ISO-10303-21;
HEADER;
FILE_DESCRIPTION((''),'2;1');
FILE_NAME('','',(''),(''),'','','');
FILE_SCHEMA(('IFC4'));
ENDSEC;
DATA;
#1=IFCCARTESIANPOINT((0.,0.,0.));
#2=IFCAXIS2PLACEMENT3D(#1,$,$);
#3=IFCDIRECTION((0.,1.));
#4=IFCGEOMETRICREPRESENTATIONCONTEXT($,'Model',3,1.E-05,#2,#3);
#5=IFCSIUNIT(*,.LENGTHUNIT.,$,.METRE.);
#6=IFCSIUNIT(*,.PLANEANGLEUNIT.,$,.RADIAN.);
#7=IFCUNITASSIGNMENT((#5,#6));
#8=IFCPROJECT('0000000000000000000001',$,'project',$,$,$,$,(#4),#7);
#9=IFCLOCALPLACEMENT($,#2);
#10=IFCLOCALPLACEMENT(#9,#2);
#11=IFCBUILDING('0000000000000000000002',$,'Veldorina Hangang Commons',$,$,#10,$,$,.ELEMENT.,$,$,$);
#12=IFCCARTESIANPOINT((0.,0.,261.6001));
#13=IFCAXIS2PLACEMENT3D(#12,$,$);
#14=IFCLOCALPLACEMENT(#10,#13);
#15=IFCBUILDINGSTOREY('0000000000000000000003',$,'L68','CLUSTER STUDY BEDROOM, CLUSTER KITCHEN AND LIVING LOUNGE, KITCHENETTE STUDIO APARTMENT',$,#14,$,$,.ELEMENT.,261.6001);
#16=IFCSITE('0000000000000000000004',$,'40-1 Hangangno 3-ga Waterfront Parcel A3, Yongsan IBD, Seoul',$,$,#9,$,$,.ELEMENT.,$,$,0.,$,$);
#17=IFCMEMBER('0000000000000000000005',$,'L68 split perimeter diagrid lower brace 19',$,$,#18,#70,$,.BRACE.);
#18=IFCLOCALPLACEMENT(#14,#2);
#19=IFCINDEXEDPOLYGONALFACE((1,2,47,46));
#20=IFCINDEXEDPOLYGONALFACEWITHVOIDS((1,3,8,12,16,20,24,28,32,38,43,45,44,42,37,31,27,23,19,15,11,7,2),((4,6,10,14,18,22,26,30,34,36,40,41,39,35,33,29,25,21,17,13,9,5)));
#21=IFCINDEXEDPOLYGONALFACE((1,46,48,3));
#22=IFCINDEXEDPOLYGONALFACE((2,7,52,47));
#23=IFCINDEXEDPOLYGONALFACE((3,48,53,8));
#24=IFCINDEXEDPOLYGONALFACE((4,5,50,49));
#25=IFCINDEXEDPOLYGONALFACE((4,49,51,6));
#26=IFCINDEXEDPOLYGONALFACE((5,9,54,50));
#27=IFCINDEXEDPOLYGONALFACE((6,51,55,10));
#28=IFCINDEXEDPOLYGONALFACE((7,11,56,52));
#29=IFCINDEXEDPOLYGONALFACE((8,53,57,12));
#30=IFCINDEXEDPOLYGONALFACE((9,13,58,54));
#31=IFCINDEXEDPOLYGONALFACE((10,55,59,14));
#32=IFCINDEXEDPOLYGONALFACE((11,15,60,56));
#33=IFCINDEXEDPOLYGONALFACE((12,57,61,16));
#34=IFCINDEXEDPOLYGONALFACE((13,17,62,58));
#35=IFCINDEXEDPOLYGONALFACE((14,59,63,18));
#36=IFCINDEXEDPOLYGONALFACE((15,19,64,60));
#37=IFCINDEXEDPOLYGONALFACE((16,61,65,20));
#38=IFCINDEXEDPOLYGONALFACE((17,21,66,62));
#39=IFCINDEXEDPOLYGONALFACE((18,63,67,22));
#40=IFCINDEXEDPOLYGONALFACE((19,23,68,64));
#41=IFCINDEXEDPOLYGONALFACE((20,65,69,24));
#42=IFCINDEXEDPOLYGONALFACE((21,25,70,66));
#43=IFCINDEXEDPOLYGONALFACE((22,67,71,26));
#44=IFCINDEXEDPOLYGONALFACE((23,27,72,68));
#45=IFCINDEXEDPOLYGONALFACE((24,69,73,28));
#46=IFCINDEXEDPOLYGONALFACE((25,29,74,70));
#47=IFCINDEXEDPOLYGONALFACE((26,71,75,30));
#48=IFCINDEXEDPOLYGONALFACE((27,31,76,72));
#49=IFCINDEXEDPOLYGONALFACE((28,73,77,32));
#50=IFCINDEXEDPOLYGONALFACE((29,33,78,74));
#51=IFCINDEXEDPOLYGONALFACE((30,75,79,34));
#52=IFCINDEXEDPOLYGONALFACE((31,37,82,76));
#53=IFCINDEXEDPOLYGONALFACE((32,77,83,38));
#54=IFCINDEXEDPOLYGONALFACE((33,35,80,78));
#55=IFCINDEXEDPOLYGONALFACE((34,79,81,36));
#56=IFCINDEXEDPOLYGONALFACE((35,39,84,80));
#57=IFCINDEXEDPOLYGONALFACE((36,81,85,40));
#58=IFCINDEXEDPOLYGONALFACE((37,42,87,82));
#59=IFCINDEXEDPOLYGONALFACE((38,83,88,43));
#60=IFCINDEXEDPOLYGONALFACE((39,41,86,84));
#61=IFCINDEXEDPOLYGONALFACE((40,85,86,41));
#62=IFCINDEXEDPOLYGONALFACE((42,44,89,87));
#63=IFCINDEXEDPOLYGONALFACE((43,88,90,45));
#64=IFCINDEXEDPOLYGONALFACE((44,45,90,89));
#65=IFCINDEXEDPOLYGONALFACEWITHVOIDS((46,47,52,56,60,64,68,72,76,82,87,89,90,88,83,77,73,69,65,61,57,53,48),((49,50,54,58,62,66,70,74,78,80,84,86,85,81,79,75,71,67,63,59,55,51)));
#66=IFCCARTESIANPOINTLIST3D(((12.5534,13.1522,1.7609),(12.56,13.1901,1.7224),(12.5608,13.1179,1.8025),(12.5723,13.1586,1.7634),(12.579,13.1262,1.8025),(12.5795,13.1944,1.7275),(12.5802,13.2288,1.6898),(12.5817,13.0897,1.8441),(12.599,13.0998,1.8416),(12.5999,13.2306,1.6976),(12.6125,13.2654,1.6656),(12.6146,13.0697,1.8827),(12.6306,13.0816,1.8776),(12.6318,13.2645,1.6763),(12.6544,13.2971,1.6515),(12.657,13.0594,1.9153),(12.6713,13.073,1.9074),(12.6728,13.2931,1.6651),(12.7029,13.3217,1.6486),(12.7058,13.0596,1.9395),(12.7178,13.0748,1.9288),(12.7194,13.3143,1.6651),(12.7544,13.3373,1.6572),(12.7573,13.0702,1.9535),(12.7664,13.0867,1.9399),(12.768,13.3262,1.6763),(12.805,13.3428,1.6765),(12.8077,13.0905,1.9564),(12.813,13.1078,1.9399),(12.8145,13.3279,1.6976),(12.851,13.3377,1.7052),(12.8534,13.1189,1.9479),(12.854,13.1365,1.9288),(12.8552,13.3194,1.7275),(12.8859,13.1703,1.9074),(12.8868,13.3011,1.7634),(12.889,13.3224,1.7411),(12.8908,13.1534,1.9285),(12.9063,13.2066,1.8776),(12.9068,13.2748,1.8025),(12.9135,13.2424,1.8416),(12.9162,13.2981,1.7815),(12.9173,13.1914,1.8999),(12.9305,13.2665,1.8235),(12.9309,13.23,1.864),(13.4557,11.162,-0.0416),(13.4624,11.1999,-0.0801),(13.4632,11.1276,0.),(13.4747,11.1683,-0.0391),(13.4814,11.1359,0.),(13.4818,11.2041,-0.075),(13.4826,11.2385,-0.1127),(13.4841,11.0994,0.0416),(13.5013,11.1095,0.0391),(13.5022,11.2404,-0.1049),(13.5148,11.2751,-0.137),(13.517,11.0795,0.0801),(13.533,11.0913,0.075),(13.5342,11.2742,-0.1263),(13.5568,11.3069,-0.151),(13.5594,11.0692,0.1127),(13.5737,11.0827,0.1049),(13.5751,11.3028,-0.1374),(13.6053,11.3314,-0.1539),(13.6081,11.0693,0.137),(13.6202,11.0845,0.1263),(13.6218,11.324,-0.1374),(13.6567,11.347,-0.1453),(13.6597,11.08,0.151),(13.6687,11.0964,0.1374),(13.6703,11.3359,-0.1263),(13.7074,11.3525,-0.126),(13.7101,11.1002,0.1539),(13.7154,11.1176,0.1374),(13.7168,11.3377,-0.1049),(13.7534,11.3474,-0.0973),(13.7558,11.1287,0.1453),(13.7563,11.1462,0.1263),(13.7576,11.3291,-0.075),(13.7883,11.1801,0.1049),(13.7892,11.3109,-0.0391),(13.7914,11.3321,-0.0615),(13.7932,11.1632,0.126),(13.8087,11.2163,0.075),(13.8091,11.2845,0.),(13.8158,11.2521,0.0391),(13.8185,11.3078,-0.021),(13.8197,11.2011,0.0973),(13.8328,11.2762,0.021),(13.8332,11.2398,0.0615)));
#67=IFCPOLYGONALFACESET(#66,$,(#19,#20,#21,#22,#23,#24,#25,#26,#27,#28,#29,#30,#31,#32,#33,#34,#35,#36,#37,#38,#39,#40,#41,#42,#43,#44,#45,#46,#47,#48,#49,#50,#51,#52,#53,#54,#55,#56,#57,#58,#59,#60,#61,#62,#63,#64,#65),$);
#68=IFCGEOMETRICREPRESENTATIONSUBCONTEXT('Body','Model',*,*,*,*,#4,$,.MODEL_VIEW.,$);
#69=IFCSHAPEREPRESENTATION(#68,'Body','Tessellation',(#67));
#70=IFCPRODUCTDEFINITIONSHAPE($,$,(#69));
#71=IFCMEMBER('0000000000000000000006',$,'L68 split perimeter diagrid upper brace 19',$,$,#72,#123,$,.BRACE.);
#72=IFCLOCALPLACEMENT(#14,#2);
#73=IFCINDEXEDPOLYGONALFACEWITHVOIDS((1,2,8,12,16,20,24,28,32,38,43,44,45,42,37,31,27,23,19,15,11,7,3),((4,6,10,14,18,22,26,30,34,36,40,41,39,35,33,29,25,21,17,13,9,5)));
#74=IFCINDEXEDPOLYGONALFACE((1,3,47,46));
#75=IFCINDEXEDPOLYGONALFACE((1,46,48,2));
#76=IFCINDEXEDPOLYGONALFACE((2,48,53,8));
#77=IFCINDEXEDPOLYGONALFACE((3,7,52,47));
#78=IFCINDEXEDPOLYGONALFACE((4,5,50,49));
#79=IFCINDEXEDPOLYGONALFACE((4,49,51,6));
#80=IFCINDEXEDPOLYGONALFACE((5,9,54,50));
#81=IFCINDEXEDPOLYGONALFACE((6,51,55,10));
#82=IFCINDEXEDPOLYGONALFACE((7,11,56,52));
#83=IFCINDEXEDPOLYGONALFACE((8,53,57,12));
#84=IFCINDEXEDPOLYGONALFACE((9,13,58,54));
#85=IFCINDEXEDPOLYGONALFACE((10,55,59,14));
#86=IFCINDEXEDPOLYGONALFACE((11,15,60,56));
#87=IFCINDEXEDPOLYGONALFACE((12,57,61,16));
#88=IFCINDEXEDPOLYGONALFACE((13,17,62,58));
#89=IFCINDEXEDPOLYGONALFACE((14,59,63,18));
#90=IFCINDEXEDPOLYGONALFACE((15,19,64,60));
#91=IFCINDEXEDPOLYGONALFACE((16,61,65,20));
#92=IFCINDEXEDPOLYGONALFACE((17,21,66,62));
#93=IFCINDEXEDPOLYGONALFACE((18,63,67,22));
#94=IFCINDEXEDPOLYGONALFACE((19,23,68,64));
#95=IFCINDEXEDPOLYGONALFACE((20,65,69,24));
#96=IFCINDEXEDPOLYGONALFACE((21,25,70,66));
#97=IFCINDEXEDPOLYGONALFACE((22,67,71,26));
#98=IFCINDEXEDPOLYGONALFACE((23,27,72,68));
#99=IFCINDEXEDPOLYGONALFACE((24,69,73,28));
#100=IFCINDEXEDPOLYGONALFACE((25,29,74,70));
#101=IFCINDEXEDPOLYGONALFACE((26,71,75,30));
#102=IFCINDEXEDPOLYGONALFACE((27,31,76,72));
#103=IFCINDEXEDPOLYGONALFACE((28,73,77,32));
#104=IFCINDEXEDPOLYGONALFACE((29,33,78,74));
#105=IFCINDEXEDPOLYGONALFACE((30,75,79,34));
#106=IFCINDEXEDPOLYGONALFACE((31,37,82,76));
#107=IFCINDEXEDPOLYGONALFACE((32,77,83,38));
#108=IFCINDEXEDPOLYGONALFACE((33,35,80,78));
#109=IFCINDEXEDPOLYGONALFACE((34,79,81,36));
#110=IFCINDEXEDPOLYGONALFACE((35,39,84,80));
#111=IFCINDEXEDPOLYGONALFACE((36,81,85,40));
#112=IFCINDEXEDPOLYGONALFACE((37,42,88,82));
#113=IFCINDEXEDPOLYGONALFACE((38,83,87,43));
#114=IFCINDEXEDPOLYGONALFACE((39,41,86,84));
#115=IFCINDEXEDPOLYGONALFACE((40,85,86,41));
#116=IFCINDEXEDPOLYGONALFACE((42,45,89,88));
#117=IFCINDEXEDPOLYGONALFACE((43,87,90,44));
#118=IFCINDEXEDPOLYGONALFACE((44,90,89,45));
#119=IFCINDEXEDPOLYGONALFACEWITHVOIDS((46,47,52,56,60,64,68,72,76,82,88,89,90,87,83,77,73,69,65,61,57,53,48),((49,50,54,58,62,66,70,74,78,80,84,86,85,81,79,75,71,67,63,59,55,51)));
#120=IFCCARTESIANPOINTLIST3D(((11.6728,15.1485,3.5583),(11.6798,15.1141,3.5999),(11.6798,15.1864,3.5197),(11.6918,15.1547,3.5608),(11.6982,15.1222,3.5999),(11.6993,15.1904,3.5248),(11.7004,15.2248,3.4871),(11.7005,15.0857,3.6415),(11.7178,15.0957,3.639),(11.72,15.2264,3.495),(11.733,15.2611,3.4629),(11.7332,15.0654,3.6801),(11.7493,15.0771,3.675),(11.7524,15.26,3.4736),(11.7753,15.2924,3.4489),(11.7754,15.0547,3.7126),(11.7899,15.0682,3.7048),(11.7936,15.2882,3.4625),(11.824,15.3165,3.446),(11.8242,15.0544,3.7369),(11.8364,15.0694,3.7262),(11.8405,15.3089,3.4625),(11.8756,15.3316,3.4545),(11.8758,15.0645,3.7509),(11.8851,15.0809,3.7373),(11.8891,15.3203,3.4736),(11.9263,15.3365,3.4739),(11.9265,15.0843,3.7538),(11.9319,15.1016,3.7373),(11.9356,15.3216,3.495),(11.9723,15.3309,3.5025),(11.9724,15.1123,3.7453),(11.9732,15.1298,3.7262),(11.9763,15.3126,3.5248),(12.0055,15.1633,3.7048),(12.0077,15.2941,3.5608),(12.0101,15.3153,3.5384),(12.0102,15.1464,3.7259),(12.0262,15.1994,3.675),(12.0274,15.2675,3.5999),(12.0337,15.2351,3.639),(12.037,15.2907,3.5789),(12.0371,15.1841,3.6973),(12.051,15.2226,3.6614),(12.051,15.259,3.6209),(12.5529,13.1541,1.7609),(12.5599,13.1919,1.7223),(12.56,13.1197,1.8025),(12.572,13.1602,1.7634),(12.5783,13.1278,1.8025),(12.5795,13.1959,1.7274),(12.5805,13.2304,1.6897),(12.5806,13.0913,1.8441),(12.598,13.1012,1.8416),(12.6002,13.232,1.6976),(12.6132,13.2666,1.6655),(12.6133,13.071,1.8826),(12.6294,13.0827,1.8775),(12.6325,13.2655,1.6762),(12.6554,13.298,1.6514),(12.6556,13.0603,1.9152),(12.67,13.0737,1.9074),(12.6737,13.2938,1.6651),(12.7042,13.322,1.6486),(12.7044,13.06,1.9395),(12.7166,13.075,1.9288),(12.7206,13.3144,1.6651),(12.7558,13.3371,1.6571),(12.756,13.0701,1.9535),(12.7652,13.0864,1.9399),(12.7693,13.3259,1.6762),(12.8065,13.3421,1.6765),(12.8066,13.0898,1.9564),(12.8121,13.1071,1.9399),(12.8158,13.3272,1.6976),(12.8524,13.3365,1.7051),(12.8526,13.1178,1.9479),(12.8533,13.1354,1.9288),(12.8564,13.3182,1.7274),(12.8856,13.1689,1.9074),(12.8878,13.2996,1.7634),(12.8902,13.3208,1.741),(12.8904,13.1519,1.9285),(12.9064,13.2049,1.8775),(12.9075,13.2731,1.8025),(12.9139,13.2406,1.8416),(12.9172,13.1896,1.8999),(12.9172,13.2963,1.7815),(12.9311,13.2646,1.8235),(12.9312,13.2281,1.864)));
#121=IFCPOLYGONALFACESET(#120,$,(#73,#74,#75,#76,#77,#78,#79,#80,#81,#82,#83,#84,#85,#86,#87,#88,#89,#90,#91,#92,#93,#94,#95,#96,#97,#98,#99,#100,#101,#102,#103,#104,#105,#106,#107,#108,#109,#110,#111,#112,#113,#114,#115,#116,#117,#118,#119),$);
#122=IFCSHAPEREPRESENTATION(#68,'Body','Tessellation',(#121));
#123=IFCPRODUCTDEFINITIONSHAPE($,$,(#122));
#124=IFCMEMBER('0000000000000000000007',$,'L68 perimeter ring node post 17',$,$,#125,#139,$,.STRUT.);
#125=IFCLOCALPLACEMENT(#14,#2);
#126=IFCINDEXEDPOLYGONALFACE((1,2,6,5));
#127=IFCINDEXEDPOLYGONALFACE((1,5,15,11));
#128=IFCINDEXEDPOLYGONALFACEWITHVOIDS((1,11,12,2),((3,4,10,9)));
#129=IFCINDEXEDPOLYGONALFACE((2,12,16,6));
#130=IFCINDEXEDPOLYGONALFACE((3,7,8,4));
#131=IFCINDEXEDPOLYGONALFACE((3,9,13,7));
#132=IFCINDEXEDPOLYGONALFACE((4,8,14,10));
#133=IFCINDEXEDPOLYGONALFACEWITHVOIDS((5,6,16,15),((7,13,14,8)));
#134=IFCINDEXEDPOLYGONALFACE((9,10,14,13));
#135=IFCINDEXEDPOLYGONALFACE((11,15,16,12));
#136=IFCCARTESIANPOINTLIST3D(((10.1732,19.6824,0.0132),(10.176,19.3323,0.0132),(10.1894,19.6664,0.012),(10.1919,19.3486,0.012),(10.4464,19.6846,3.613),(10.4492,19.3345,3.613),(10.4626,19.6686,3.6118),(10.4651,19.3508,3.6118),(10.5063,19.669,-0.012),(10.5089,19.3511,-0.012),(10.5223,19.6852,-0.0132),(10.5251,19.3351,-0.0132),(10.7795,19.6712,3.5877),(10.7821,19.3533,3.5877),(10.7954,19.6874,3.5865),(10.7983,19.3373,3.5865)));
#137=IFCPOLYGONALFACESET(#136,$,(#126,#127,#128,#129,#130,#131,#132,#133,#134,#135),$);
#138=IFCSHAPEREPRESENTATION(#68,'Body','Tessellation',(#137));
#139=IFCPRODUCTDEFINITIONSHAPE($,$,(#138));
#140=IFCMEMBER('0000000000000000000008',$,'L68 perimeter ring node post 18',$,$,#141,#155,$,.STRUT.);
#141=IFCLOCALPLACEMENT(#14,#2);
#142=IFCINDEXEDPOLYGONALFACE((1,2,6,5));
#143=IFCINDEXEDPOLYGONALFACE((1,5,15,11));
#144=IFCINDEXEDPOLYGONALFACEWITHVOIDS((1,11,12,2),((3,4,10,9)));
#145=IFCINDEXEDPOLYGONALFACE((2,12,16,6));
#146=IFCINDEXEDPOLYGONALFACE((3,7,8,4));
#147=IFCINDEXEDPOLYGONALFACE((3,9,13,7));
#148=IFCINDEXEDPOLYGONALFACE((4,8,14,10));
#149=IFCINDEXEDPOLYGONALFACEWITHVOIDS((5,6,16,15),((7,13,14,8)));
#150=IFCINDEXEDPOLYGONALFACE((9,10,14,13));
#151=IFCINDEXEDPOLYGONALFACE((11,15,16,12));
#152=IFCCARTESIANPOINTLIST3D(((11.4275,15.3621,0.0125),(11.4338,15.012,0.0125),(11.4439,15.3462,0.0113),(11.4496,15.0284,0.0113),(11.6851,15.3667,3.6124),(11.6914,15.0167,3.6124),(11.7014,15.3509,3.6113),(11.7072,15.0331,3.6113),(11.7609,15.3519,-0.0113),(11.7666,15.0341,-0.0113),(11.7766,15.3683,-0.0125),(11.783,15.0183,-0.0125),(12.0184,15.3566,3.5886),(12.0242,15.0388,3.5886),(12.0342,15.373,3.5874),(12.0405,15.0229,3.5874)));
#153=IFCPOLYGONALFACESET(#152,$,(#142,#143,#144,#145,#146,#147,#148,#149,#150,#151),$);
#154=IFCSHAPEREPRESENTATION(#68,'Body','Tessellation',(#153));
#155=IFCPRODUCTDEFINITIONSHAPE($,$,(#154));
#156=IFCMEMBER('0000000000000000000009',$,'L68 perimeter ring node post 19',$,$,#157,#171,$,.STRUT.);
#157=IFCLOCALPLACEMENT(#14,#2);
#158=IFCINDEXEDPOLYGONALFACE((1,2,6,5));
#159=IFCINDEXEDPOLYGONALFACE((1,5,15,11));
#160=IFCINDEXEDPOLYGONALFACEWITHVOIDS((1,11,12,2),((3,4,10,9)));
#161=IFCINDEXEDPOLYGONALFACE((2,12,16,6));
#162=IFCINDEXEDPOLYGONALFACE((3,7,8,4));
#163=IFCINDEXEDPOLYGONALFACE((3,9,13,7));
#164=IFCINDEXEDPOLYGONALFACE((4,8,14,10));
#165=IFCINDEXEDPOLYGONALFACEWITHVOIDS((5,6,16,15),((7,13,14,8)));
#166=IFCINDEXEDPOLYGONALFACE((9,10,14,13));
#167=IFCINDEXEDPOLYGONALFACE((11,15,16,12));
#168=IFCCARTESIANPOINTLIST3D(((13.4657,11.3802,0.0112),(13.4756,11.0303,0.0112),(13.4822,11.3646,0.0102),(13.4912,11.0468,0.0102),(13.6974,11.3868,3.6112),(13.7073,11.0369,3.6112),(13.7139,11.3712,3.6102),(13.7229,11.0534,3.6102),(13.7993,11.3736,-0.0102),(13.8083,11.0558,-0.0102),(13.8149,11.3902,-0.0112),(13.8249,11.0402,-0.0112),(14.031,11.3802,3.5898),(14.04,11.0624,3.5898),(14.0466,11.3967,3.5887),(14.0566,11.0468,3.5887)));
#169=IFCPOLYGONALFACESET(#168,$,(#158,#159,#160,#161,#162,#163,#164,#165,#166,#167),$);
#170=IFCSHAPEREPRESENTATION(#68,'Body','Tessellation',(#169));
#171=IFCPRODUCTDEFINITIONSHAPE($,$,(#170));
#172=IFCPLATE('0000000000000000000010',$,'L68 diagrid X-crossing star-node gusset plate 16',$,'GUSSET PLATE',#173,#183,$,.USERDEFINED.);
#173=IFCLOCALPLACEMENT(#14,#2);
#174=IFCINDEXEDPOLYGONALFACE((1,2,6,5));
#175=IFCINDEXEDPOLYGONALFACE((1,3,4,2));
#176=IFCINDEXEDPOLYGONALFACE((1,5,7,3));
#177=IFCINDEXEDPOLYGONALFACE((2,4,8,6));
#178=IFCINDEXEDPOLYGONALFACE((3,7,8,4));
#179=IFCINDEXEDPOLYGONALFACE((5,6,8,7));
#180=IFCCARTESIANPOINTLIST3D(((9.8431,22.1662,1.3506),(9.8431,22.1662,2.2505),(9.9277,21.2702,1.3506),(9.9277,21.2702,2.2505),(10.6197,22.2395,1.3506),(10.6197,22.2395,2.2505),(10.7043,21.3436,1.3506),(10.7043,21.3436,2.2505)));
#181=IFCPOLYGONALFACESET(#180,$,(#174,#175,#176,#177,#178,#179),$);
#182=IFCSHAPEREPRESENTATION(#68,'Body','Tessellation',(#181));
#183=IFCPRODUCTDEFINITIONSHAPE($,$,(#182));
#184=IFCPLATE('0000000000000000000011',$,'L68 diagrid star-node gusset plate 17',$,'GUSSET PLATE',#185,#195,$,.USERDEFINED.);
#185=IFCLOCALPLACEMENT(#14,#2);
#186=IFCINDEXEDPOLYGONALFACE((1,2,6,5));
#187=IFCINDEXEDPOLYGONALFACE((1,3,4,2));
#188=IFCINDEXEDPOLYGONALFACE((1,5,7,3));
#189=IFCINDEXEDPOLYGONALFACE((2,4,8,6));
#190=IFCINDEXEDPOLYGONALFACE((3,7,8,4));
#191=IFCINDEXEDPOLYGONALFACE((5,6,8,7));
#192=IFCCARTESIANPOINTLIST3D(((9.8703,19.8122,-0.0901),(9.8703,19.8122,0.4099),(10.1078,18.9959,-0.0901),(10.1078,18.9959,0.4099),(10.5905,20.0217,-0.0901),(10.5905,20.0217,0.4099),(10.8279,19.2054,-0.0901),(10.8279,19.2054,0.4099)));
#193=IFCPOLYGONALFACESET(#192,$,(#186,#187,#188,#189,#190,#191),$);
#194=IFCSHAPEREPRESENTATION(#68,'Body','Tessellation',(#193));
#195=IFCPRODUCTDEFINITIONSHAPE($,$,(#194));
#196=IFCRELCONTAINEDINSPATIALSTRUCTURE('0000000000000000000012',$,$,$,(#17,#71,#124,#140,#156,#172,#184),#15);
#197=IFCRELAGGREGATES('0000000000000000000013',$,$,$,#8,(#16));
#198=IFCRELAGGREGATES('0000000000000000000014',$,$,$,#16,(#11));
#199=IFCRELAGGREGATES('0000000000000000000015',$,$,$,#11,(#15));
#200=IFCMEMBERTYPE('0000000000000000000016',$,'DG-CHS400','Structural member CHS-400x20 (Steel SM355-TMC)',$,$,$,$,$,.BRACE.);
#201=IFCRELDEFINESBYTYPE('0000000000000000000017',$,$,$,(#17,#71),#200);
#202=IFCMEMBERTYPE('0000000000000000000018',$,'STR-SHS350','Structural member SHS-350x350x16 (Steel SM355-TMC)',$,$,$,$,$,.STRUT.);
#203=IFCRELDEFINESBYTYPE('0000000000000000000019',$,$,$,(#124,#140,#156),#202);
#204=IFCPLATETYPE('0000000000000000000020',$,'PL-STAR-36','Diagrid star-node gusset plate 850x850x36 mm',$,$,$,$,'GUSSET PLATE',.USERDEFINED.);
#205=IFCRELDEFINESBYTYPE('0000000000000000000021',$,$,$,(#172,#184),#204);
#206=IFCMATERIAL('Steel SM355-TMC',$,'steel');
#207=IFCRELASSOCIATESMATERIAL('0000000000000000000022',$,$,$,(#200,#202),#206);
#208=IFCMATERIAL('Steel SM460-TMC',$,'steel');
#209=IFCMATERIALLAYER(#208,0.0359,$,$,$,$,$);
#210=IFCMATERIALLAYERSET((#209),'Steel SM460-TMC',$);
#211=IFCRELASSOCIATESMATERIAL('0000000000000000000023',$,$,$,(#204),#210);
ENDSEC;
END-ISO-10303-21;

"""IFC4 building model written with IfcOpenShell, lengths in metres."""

from ifc_helpers import new_model, si_unit, direction, frame, origin, origin_2d, place, context, subcontext, project, spatial, rectangle, hollow_rectangle, hollow_circle, extrude, material, layer, layer_set, material_profile, profile_set, type_object, element, save


model = new_model("IFC4")

# Units and contexts
model_context = context("Model", 3, precision=1e-05, world=origin(), true_north=direction((0.0, 1.0)))
body_context = subcontext(model_context, "Body", "Model", "MODEL_VIEW")
ifc_project = project(units=[si_unit("LENGTHUNIT", "METRE"), si_unit("PLANEANGLEUNIT", "RADIAN")], contexts=[model_context])

# Site, building, storey
site_placement = place(None, origin())
site = spatial("IfcSite", under=ifc_project, at=site_placement, Name="40-1 Hangangno 3-ga Waterfront Parcel A3, Yongsan IBD, Seoul", CompositionType="ELEMENT", RefElevation=0.0)
building_placement = place(site_placement, origin())
building = spatial("IfcBuilding", under=site, at=building_placement, Name="Veldorina Hangang Commons", CompositionType="ELEMENT")
storey_placement = place(building_placement, frame((0.0, 0.0, 261.6001)))
storey = spatial("IfcBuildingStorey", under=building, at=storey_placement, Name="L68", Description="CLUSTER STUDY BEDROOM, CLUSTER KITCHEN AND LIVING LOUNGE, KITCHENETTE STUDIO APARTMENT", CompositionType="ELEMENT", Elevation=261.6001)

# Shared definitions
ifc_material_1 = material(Name="Steel SM355-TMC", Category="steel")

# Members
ifc_material_profile_1 = material_profile(ifc_material_1, hollow_circle(Radius=0.2, WallThickness=0.02, at=origin_2d()), Name="CHS-400x20")
ifc_profile_set_1 = profile_set([ifc_material_profile_1], Name="Steel SM355-TMC")
member_type_1 = type_object("IfcMemberType", Name="DG-CHS400", Description="Structural member CHS-400x20 (Steel SM355-TMC)", PredefinedType="BRACE", material=ifc_profile_set_1)
member_1_placement = place(storey_placement, frame((13.6453, 11.2102, 0.0), z_axis=(-0.318545, 0.702591, 0.636314), x_axis=(-0.910764, -0.412927, 0.0)))
element("IfcMember", 1, at=member_1_placement, inside=storey, type_object=member_type_1, Name="L68 split perimeter diagrid lower brace 19", PredefinedType="BRACE", context=body_context, shape_type="SweptSolid", body=[
    extrude(hollow_circle(Radius=0.2, WallThickness=0.02, at=origin_2d()), origin(), (0.0, 0.0, 1.0), 2.8328),
])
member_2_placement = place(storey_placement, frame((12.7429, 13.2004, 1.8025), z_axis=(-0.311509, 0.705885, 0.636152), x_axis=(-0.914875, -0.403737, 0.0)))
element("IfcMember", 2, at=member_2_placement, inside=storey, type_object=member_type_1, Name="L68 split perimeter diagrid upper brace 19", PredefinedType="BRACE", context=body_context, shape_type="SweptSolid", body=[
    extrude(hollow_circle(Radius=0.2, WallThickness=0.02, at=origin_2d()), origin(), (0.0, 0.0, 1.0), 2.8254),
])
ifc_material_profile_2 = material_profile(ifc_material_1, hollow_rectangle(XDim=0.3501, YDim=0.3501, WallThickness=0.0161, at=origin_2d()), Name="SHS-350x350x16")
ifc_profile_set_2 = profile_set([ifc_material_profile_2], Name="Steel SM355-TMC")
member_type_2 = type_object("IfcMemberType", Name="STR-SHS350", Description="Structural member SHS-350x350x16 (Steel SM355-TMC)", PredefinedType="STRUT", material=ifc_profile_set_2)
member_3_placement = place(storey_placement, frame((10.3491, 19.5088, 0.0), z_axis=(0.075673, 0.000609, 0.997133), x_axis=(-0.008043, 0.999968, 0.0)))
element("IfcMember", 3, at=member_3_placement, inside=storey, type_object=member_type_2, Name="L68 perimeter ring node post 17", PredefinedType="STRUT", context=body_context, shape_type="SweptSolid", body=[
    extrude(hollow_rectangle(XDim=0.3501, YDim=0.3501, WallThickness=0.0161, at=origin_2d()), origin(), (0.0, 0.0, 1.0), 3.6101),
])
member_4_placement = place(storey_placement, frame((11.6052, 15.1902, 0.0), z_axis=(0.071367, 0.001285, 0.997449), x_axis=(-0.018007, 0.999838, 0.0)))
element("IfcMember", 4, at=member_4_placement, inside=storey, type_object=member_type_2, Name="L68 perimeter ring node post 18", PredefinedType="STRUT", context=body_context, shape_type="SweptSolid", body=[
    extrude(hollow_rectangle(XDim=0.3501, YDim=0.3501, WallThickness=0.0161, at=origin_2d()), origin(), (0.0, 0.0, 1.0), 3.6091),
])
member_5_placement = place(storey_placement, frame((13.6453, 11.2102, 0.0), z_axis=(0.064228, 0.001827, 0.997934), x_axis=(-0.028439, 0.999596, 0.0)))
element("IfcMember", 5, at=member_5_placement, inside=storey, type_object=member_type_2, Name="L68 perimeter ring node post 19", PredefinedType="STRUT", context=body_context, shape_type="SweptSolid", body=[
    extrude(hollow_rectangle(XDim=0.3501, YDim=0.3501, WallThickness=0.0161, at=origin_2d()), origin(), (0.0, 0.0, 1.0), 3.6074),
])

# Plates
ifc_material_2 = material(Name="Steel SM460-TMC", Category="steel")
ifc_layer_1 = layer(ifc_material_2, 0.0359)
ifc_layer_set_1 = layer_set([ifc_layer_1], Name="Steel SM460-TMC")
plate_type = type_object("IfcPlateType", Name="PL-STAR-36", Description="Diagrid star-node gusset plate 850x850x36 mm", ElementType="GUSSET PLATE", PredefinedType="USERDEFINED", material=ifc_layer_set_1)
plate_1_placement = place(storey_placement, frame((10.2737, 21.7549, 1.3506), z_axis=(0.0, 0.0, 1.0), x_axis=(0.094039, -0.995569, 0.0)))
element("IfcPlate", 6, at=plate_1_placement, inside=storey, type_object=plate_type, Name="L68 diagrid X-crossing star-node gusset plate 16", ObjectType="GUSSET PLATE", PredefinedType="USERDEFINED", context=body_context, shape_type="SweptSolid", body=[
    extrude(rectangle(XDim=0.8999, YDim=0.78, at=origin_2d()), origin(), (0.0, 0.0, 1.0), 0.8999),
])
for number, where, z_axis, x_axis, name in (
    (7, (10.3491, 19.5088, -0.0901), (0.0, 0.0, 1.0), (0.27931, -0.960201, 0.0), "L68 diagrid star-node gusset plate 17"),
):
    element("IfcPlate", number, at=place(storey_placement, frame(where, z_axis=z_axis, x_axis=x_axis)), inside=storey, type_object=plate_type, Name=name, ObjectType="GUSSET PLATE", PredefinedType="USERDEFINED", context=body_context, shape_type="SweptSolid", body=[
        extrude(rectangle(XDim=0.8501, YDim=0.75, at=origin_2d()), origin(), (0.0, 0.0, 1.0), 0.5),
    ])

save(model, "model.ifc")
